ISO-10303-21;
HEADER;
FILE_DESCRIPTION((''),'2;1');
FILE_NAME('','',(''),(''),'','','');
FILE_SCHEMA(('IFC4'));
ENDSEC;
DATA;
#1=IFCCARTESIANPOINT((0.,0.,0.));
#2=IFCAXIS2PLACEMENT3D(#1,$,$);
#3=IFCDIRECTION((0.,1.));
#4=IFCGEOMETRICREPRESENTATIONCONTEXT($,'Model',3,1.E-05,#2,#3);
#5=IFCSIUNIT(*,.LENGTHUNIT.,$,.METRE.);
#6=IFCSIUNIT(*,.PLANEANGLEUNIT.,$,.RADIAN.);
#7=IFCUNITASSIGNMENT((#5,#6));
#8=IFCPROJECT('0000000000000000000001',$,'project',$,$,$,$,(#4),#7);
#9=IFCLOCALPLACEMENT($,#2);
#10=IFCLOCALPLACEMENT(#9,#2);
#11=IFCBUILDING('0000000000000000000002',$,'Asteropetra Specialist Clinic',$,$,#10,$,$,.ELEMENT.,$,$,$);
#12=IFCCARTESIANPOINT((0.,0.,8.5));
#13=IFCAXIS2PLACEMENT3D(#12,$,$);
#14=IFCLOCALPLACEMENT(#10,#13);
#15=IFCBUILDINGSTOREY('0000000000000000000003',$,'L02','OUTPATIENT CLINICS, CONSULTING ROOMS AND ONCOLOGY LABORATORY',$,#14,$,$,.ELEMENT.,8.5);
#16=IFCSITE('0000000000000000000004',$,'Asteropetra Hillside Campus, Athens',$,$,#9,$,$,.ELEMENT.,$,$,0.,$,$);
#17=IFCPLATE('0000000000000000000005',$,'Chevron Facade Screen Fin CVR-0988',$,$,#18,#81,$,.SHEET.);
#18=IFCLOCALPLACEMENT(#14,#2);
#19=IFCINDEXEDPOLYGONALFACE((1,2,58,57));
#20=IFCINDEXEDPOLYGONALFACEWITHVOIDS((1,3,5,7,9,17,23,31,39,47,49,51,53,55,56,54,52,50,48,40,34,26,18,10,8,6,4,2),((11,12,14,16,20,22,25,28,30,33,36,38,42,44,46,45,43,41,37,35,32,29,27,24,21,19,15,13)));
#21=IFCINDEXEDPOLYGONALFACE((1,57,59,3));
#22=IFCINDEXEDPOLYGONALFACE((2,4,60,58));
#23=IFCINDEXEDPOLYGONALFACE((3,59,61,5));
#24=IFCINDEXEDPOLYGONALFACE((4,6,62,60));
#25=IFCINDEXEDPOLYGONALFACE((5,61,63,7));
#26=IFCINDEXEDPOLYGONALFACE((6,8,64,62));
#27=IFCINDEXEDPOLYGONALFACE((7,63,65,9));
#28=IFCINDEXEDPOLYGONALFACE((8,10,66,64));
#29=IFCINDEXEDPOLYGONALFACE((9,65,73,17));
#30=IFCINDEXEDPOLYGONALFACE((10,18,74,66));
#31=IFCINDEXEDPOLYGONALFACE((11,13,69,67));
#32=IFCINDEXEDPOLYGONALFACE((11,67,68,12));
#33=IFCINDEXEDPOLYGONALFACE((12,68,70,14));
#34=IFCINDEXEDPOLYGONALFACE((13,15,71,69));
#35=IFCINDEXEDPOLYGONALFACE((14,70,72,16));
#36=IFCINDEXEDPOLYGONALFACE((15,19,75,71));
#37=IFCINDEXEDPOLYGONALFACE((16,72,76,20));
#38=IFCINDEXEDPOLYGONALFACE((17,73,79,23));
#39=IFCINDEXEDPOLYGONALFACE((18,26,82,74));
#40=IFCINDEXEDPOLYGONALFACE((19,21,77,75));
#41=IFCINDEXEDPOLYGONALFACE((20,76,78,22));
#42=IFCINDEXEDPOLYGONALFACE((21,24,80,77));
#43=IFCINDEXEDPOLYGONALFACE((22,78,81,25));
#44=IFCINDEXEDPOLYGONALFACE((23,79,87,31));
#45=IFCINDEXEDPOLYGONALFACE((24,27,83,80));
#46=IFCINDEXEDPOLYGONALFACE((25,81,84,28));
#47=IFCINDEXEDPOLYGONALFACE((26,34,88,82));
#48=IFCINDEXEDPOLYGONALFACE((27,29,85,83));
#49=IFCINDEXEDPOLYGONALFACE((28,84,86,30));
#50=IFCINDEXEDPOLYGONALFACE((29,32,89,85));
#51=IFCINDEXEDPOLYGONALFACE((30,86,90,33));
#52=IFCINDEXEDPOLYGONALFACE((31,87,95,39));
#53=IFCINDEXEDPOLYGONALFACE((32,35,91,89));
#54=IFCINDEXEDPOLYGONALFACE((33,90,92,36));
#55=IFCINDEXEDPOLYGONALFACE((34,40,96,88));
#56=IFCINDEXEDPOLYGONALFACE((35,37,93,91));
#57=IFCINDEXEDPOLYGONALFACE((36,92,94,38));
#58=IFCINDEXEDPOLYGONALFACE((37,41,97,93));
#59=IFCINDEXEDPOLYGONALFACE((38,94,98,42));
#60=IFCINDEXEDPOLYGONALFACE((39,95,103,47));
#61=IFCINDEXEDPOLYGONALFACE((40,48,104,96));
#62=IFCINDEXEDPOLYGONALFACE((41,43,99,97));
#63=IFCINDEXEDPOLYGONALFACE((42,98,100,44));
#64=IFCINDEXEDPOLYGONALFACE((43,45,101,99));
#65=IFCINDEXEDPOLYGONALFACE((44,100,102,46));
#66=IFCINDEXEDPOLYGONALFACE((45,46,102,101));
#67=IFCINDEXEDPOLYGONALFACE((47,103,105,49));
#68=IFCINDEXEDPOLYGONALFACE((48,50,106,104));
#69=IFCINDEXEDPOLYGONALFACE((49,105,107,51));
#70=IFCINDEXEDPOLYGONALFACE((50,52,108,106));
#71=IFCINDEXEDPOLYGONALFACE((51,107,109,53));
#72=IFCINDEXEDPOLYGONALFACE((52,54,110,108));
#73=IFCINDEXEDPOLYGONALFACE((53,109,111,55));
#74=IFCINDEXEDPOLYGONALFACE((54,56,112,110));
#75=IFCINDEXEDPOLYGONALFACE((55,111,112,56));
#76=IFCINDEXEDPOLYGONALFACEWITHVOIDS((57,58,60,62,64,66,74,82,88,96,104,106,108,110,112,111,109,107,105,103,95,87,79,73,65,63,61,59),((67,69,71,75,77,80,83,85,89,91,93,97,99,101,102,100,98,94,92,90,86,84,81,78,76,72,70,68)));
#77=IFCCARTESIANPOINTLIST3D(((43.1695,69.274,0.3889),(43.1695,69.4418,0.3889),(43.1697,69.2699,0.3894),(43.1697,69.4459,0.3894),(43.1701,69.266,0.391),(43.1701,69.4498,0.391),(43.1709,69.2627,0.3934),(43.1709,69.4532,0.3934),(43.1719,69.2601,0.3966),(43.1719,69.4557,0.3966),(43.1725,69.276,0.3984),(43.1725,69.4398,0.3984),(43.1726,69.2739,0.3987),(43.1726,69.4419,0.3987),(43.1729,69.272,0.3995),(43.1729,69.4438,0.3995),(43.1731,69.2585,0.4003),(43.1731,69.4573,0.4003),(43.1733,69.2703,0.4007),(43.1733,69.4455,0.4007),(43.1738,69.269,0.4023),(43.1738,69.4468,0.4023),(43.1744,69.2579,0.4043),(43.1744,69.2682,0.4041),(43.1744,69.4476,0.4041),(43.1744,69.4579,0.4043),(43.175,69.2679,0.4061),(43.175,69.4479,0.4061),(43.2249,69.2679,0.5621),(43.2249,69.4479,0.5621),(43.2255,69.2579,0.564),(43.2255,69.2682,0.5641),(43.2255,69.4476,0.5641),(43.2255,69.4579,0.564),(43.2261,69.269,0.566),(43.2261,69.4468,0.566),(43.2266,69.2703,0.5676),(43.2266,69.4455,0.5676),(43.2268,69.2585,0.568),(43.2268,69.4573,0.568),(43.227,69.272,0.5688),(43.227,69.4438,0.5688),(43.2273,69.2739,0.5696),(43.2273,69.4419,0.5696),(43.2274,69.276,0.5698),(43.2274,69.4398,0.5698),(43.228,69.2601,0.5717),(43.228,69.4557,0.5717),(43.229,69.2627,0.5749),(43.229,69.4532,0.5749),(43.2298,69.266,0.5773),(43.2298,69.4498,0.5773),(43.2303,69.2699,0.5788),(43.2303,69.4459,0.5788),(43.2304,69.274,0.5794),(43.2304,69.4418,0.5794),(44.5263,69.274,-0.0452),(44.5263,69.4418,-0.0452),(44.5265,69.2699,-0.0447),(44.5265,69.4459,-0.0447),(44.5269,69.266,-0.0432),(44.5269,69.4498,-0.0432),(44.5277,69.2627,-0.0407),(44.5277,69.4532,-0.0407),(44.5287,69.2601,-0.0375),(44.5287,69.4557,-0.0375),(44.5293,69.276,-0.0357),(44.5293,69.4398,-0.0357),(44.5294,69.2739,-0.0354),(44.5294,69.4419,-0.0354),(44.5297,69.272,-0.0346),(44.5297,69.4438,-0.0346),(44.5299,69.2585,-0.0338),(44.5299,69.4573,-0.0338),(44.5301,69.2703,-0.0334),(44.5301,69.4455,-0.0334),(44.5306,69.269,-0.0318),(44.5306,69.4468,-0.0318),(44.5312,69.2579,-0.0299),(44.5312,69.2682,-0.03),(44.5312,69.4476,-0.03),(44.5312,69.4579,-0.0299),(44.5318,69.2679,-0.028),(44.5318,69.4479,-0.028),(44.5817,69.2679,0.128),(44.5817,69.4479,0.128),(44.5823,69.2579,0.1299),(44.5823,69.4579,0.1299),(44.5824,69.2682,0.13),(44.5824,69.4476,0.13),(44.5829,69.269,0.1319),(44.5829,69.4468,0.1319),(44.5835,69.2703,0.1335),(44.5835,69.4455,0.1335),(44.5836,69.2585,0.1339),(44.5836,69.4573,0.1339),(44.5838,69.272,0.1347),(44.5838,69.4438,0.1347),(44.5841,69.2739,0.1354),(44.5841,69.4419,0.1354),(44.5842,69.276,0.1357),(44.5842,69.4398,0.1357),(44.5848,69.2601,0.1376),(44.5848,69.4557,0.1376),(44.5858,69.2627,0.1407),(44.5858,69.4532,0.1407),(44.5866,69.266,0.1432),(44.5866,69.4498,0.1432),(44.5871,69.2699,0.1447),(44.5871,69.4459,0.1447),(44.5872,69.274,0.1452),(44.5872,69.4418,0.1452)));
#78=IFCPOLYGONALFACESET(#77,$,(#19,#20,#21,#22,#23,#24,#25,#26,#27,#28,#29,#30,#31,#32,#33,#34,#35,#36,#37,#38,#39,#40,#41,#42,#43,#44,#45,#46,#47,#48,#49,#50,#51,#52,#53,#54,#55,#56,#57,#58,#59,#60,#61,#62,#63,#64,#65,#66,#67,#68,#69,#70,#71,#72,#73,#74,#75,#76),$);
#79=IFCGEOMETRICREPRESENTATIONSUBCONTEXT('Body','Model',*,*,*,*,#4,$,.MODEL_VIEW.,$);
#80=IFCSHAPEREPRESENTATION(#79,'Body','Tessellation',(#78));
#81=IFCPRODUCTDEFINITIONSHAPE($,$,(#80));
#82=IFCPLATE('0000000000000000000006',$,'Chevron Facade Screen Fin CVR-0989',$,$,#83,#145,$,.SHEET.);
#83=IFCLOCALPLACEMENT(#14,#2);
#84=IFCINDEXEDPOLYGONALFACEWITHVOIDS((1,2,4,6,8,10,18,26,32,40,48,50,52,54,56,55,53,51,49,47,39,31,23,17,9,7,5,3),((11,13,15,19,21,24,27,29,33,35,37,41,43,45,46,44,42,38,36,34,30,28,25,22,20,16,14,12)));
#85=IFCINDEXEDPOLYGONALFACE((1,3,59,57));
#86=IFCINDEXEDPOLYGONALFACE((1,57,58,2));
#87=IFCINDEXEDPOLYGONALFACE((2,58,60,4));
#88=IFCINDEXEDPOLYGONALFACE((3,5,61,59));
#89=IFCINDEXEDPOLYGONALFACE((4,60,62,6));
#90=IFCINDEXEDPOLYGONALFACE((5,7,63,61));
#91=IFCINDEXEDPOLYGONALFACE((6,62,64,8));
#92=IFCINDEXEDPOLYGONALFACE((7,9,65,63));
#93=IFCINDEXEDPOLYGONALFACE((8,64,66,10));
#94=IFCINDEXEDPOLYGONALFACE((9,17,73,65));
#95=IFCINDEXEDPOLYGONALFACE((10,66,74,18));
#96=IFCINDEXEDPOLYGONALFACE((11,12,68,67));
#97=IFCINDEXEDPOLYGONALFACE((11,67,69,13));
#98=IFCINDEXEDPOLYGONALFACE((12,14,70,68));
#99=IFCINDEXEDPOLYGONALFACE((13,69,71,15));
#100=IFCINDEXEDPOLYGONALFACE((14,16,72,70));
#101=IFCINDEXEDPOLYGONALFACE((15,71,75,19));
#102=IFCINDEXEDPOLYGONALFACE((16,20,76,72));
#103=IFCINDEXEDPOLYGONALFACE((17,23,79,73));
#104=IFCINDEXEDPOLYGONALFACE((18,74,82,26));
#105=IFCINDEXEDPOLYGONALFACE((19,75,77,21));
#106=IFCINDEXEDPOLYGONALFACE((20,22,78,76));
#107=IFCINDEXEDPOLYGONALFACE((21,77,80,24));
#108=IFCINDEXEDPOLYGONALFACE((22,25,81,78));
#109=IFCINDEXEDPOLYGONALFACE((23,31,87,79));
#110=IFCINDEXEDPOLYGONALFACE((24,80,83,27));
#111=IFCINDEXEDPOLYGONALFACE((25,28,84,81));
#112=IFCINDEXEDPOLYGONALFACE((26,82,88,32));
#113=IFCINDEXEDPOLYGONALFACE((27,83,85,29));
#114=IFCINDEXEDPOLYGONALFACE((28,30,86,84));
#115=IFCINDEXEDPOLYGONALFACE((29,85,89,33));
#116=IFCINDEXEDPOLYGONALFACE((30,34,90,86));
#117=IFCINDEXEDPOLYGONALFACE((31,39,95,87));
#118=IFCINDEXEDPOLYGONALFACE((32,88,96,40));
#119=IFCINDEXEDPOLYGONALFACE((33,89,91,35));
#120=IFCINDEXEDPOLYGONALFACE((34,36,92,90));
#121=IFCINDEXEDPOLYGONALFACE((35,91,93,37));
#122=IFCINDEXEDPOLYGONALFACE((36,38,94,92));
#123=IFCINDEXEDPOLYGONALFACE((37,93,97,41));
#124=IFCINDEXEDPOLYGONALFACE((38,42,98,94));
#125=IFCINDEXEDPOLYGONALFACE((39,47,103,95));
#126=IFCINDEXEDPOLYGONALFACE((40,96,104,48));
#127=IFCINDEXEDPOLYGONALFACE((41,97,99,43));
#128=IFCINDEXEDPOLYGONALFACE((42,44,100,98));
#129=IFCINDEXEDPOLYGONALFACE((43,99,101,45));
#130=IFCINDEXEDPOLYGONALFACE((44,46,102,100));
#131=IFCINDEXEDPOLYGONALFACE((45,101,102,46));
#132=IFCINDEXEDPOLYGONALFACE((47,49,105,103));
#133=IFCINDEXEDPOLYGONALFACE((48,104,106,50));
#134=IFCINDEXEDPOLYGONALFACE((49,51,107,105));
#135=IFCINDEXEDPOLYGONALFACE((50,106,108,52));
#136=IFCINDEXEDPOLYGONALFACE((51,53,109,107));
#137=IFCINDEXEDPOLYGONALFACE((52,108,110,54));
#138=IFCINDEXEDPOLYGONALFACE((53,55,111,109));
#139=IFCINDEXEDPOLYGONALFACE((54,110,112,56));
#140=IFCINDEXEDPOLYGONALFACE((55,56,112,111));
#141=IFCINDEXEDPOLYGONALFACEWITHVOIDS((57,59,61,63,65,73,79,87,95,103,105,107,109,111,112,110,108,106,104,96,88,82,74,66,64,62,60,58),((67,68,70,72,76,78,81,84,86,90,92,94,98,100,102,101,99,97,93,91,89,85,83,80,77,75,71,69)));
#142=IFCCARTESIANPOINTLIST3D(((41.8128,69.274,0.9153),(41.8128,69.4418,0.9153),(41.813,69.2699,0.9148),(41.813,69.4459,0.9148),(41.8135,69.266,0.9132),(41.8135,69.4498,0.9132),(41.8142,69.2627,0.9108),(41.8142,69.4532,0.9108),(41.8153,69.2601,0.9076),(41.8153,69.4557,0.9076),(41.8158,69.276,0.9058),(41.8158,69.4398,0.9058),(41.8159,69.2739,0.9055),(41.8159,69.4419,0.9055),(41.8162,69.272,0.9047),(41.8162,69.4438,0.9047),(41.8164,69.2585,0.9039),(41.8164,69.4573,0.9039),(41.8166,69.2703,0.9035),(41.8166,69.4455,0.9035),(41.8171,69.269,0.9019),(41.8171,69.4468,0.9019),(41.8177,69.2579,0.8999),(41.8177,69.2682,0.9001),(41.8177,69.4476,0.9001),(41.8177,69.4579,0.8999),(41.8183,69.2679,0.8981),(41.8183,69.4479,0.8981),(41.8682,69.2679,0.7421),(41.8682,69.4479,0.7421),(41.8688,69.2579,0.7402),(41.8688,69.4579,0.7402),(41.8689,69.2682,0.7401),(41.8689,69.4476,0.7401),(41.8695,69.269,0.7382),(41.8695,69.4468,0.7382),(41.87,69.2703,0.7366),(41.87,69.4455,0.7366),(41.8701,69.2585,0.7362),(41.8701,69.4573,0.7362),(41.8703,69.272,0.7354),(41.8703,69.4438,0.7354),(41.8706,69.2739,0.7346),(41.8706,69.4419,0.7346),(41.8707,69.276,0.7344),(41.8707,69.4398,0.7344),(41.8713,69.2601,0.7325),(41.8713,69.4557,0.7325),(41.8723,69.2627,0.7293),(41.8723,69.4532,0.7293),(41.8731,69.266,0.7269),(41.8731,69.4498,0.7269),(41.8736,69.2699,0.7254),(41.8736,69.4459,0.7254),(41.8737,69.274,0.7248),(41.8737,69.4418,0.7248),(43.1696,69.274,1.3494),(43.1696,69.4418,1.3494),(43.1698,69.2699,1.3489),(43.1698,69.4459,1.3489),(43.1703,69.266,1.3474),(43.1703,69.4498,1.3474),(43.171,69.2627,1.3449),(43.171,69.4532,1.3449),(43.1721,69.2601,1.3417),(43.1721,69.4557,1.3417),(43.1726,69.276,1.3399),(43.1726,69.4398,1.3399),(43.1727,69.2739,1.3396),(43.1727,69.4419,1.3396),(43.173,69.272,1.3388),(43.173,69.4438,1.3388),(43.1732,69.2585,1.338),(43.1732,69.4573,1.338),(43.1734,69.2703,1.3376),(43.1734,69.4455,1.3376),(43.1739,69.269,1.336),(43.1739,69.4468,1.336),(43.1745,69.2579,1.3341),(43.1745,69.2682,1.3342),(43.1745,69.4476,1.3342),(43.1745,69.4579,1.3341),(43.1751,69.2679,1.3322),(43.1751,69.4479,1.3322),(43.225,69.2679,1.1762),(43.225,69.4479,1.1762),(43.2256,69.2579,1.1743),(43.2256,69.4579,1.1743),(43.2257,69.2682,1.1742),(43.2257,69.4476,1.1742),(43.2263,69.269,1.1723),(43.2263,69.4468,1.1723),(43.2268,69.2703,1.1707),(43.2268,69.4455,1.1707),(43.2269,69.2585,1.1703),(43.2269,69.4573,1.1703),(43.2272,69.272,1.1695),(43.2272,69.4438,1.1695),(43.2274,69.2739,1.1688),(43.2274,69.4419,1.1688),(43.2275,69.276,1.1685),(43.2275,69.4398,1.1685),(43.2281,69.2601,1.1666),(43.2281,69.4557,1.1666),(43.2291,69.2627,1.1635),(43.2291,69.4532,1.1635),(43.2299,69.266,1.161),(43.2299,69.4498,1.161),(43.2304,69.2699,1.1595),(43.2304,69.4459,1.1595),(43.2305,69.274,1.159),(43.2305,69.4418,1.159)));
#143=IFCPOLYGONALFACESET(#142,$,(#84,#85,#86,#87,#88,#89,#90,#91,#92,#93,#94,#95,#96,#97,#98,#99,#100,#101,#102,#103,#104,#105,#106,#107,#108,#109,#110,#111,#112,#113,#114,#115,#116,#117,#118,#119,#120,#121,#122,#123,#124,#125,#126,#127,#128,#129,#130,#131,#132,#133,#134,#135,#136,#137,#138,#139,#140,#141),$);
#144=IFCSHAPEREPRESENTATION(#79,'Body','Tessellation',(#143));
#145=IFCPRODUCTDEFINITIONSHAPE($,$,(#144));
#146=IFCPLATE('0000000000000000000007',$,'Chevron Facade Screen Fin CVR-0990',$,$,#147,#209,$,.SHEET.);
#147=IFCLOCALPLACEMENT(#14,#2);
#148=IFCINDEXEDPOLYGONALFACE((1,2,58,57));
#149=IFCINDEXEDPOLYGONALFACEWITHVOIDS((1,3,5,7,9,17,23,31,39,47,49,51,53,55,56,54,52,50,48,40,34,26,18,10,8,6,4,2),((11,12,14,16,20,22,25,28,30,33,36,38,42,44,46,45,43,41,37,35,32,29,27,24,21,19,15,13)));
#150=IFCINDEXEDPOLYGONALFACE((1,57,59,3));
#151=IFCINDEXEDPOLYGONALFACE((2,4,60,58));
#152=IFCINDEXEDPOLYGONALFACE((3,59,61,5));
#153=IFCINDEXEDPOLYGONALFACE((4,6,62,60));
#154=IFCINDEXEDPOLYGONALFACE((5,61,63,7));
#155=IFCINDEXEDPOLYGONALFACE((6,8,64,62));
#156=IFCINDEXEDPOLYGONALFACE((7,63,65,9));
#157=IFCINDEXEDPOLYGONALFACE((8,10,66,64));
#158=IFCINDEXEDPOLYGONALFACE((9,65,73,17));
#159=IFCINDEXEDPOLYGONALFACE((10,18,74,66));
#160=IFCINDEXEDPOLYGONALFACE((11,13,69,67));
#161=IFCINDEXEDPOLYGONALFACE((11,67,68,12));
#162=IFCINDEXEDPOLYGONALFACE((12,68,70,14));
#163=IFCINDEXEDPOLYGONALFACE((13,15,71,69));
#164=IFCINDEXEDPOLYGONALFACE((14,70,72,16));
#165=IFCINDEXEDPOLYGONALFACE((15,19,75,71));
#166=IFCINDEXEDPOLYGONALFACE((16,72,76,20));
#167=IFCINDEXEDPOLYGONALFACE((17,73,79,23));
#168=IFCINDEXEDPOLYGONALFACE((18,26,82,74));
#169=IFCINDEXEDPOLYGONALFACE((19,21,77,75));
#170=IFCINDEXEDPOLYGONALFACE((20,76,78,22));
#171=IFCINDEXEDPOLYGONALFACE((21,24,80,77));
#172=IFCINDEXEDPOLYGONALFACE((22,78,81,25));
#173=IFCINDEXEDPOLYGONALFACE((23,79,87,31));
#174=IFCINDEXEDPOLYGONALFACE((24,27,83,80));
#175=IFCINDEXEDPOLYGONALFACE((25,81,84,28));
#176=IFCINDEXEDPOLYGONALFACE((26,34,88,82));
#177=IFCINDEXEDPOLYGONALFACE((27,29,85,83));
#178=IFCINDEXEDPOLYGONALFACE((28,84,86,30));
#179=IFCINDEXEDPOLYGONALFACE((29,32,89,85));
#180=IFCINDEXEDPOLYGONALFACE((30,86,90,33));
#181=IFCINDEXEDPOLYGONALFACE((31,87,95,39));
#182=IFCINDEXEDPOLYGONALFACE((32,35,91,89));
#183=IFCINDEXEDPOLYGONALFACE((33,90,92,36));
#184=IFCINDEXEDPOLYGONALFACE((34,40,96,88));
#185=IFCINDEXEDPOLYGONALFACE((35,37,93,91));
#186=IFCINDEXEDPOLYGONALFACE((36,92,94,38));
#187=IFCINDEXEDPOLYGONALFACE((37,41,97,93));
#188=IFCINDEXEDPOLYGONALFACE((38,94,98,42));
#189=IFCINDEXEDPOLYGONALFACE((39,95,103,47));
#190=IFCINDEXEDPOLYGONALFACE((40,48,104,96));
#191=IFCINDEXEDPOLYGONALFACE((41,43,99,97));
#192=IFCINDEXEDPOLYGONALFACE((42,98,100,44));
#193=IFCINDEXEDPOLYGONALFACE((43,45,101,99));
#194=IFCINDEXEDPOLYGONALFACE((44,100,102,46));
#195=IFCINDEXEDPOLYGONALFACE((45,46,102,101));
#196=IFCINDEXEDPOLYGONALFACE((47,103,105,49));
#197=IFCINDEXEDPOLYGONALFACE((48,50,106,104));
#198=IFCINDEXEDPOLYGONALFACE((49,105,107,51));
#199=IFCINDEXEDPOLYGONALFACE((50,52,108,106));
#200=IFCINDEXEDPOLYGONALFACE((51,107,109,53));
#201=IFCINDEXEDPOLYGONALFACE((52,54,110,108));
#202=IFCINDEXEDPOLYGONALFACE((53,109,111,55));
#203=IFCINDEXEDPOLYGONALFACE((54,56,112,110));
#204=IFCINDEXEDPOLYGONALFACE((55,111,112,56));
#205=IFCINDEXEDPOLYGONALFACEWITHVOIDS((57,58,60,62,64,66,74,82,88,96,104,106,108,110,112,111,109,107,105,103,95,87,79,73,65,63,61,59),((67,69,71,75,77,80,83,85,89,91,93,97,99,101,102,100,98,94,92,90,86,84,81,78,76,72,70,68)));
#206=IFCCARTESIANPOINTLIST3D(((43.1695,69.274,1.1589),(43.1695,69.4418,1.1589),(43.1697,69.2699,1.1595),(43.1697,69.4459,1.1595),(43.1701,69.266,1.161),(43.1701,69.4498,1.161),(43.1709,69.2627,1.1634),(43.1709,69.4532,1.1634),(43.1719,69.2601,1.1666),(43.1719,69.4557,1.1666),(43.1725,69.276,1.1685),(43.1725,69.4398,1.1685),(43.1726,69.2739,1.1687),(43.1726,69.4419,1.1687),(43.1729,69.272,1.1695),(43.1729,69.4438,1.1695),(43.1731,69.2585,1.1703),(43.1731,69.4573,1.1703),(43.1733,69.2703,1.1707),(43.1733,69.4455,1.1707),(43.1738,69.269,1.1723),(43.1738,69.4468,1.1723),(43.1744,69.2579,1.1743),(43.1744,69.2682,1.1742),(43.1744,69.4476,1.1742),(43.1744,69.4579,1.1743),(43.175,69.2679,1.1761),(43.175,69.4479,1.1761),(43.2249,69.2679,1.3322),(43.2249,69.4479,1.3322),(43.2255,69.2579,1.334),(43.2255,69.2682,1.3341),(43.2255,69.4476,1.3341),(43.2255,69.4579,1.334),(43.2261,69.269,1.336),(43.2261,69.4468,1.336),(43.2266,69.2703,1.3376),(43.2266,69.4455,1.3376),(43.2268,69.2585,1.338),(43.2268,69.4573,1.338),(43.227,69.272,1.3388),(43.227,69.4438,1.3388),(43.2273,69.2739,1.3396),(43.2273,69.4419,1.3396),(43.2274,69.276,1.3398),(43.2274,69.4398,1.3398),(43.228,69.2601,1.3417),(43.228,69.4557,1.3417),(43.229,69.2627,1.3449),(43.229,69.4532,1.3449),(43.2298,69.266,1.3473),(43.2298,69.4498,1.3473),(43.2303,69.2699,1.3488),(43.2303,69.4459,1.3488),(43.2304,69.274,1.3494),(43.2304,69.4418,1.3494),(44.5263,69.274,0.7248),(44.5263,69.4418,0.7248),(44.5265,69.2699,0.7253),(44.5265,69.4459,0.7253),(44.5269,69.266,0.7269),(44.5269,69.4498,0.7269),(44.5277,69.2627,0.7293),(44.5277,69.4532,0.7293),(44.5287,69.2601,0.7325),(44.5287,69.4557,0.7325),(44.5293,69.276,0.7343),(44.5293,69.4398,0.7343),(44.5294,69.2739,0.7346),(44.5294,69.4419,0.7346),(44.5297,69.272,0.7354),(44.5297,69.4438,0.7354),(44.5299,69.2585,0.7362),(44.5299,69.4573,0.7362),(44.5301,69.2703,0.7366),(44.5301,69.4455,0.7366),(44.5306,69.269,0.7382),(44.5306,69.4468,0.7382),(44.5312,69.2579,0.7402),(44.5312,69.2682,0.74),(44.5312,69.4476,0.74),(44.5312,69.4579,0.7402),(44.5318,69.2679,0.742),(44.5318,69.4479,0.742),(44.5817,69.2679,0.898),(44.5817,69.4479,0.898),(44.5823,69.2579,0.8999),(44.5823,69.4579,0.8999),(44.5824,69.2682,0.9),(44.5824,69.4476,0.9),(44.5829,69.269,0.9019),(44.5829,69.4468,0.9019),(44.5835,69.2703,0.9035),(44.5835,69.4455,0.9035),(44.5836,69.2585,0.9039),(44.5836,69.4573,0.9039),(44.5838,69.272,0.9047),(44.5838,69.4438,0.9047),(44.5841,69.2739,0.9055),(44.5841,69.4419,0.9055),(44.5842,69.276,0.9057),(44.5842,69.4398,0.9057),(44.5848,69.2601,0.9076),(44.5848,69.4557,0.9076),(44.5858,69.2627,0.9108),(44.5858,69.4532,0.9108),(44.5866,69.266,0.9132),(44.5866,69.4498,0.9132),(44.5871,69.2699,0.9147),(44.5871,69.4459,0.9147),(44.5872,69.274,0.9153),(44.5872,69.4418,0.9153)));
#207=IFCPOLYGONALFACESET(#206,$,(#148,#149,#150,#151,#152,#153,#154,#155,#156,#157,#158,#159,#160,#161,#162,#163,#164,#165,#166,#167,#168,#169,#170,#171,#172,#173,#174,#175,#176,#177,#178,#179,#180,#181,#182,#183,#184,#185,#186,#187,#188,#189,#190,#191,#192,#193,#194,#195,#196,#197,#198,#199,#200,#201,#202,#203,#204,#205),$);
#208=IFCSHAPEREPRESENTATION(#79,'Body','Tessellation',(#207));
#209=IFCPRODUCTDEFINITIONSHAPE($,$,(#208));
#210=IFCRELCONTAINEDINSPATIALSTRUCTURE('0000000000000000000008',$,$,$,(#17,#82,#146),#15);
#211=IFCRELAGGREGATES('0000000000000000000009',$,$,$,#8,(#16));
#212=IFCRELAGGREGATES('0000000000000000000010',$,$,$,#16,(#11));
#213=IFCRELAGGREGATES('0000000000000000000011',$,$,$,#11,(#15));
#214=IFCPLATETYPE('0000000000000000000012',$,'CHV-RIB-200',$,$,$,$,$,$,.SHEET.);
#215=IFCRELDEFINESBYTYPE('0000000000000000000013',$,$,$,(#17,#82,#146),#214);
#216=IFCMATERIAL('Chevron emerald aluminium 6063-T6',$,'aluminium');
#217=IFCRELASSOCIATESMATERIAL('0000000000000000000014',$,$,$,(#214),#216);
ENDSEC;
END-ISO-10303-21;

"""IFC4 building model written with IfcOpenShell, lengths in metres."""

from ifc_helpers import new_model, si_unit, direction, frame, origin, origin_2d, place, context, subcontext, project, spatial, hollow_rectangle, extrude, material, material_profile, profile_set, type_object, element, save


model = new_model("IFC4")

# Units and contexts
model_context = context("Model", 3, precision=1e-05, world=origin(), true_north=direction((0.0, 1.0)))
body_context = subcontext(model_context, "Body", "Model", "MODEL_VIEW")
ifc_project = project(units=[si_unit("LENGTHUNIT", "METRE"), si_unit("PLANEANGLEUNIT", "RADIAN")], contexts=[model_context])

# Site, building, storey
site_placement = place(None, origin())
site = spatial("IfcSite", under=ifc_project, at=site_placement, Name="Asteropetra Hillside Campus, Athens", CompositionType="ELEMENT", RefElevation=0.0)
building_placement = place(site_placement, origin())
building = spatial("IfcBuilding", under=site, at=building_placement, Name="Asteropetra Specialist Clinic", CompositionType="ELEMENT")
storey_placement = place(building_placement, frame((0.0, 0.0, 8.5)))
storey = spatial("IfcBuildingStorey", under=building, at=storey_placement, Name="L02", Description="OUTPATIENT CLINICS, CONSULTING ROOMS AND ONCOLOGY LABORATORY", CompositionType="ELEMENT", Elevation=8.5)

# Plates
ifc_material_1 = material(Name="Chevron emerald aluminium 6063-T6", Category="aluminium")
ifc_material_profile = material_profile(ifc_material_1, hollow_rectangle(XDim=0.2, YDim=0.2, WallThickness=0.01, InnerFilletRadius=0.0081, OuterFilletRadius=0.0161, at=origin_2d()), Name="SHS 200x200x10.0")
ifc_profile_set = profile_set([ifc_material_profile], Name="Chevron emerald aluminium 6063-T6")
plate_type_1 = type_object("IfcPlateType", Name="CHV-RIB-200", PredefinedType="SHEET", material=ifc_profile_set)
for number, where, z_axis, x_axis, name in (
    (1, (43.2, 69.3579, 0.4841), (0.952436, 0.0, -0.304738), (0.0, 1.0, 0.0), "Chevron Facade Screen Fin CVR-0988"),
    (2, (41.8433, 69.3579, 0.8201), (0.952436, 0.0, 0.304738), (0.0, 1.0, 0.0), "Chevron Facade Screen Fin CVR-0989"),
    (3, (43.2, 69.3579, 1.2542), (0.952436, 0.0, -0.304738), (0.0, 1.0, 0.0), "Chevron Facade Screen Fin CVR-0990"),
):
    element("IfcPlate", number, at=place(storey_placement, frame(where, z_axis=z_axis, x_axis=x_axis)), inside=storey, type_object=plate_type_1, Name=name, PredefinedType="SHEET", context=body_context, shape_type="SweptSolid", body=[
        extrude(hollow_rectangle(XDim=0.2, YDim=0.2, WallThickness=0.01, InnerFilletRadius=0.0081, OuterFilletRadius=0.0161, at=origin_2d()), origin(), (0.0, 0.0, 1.0), 1.4246),
    ])

save(model, "model.ifc")
